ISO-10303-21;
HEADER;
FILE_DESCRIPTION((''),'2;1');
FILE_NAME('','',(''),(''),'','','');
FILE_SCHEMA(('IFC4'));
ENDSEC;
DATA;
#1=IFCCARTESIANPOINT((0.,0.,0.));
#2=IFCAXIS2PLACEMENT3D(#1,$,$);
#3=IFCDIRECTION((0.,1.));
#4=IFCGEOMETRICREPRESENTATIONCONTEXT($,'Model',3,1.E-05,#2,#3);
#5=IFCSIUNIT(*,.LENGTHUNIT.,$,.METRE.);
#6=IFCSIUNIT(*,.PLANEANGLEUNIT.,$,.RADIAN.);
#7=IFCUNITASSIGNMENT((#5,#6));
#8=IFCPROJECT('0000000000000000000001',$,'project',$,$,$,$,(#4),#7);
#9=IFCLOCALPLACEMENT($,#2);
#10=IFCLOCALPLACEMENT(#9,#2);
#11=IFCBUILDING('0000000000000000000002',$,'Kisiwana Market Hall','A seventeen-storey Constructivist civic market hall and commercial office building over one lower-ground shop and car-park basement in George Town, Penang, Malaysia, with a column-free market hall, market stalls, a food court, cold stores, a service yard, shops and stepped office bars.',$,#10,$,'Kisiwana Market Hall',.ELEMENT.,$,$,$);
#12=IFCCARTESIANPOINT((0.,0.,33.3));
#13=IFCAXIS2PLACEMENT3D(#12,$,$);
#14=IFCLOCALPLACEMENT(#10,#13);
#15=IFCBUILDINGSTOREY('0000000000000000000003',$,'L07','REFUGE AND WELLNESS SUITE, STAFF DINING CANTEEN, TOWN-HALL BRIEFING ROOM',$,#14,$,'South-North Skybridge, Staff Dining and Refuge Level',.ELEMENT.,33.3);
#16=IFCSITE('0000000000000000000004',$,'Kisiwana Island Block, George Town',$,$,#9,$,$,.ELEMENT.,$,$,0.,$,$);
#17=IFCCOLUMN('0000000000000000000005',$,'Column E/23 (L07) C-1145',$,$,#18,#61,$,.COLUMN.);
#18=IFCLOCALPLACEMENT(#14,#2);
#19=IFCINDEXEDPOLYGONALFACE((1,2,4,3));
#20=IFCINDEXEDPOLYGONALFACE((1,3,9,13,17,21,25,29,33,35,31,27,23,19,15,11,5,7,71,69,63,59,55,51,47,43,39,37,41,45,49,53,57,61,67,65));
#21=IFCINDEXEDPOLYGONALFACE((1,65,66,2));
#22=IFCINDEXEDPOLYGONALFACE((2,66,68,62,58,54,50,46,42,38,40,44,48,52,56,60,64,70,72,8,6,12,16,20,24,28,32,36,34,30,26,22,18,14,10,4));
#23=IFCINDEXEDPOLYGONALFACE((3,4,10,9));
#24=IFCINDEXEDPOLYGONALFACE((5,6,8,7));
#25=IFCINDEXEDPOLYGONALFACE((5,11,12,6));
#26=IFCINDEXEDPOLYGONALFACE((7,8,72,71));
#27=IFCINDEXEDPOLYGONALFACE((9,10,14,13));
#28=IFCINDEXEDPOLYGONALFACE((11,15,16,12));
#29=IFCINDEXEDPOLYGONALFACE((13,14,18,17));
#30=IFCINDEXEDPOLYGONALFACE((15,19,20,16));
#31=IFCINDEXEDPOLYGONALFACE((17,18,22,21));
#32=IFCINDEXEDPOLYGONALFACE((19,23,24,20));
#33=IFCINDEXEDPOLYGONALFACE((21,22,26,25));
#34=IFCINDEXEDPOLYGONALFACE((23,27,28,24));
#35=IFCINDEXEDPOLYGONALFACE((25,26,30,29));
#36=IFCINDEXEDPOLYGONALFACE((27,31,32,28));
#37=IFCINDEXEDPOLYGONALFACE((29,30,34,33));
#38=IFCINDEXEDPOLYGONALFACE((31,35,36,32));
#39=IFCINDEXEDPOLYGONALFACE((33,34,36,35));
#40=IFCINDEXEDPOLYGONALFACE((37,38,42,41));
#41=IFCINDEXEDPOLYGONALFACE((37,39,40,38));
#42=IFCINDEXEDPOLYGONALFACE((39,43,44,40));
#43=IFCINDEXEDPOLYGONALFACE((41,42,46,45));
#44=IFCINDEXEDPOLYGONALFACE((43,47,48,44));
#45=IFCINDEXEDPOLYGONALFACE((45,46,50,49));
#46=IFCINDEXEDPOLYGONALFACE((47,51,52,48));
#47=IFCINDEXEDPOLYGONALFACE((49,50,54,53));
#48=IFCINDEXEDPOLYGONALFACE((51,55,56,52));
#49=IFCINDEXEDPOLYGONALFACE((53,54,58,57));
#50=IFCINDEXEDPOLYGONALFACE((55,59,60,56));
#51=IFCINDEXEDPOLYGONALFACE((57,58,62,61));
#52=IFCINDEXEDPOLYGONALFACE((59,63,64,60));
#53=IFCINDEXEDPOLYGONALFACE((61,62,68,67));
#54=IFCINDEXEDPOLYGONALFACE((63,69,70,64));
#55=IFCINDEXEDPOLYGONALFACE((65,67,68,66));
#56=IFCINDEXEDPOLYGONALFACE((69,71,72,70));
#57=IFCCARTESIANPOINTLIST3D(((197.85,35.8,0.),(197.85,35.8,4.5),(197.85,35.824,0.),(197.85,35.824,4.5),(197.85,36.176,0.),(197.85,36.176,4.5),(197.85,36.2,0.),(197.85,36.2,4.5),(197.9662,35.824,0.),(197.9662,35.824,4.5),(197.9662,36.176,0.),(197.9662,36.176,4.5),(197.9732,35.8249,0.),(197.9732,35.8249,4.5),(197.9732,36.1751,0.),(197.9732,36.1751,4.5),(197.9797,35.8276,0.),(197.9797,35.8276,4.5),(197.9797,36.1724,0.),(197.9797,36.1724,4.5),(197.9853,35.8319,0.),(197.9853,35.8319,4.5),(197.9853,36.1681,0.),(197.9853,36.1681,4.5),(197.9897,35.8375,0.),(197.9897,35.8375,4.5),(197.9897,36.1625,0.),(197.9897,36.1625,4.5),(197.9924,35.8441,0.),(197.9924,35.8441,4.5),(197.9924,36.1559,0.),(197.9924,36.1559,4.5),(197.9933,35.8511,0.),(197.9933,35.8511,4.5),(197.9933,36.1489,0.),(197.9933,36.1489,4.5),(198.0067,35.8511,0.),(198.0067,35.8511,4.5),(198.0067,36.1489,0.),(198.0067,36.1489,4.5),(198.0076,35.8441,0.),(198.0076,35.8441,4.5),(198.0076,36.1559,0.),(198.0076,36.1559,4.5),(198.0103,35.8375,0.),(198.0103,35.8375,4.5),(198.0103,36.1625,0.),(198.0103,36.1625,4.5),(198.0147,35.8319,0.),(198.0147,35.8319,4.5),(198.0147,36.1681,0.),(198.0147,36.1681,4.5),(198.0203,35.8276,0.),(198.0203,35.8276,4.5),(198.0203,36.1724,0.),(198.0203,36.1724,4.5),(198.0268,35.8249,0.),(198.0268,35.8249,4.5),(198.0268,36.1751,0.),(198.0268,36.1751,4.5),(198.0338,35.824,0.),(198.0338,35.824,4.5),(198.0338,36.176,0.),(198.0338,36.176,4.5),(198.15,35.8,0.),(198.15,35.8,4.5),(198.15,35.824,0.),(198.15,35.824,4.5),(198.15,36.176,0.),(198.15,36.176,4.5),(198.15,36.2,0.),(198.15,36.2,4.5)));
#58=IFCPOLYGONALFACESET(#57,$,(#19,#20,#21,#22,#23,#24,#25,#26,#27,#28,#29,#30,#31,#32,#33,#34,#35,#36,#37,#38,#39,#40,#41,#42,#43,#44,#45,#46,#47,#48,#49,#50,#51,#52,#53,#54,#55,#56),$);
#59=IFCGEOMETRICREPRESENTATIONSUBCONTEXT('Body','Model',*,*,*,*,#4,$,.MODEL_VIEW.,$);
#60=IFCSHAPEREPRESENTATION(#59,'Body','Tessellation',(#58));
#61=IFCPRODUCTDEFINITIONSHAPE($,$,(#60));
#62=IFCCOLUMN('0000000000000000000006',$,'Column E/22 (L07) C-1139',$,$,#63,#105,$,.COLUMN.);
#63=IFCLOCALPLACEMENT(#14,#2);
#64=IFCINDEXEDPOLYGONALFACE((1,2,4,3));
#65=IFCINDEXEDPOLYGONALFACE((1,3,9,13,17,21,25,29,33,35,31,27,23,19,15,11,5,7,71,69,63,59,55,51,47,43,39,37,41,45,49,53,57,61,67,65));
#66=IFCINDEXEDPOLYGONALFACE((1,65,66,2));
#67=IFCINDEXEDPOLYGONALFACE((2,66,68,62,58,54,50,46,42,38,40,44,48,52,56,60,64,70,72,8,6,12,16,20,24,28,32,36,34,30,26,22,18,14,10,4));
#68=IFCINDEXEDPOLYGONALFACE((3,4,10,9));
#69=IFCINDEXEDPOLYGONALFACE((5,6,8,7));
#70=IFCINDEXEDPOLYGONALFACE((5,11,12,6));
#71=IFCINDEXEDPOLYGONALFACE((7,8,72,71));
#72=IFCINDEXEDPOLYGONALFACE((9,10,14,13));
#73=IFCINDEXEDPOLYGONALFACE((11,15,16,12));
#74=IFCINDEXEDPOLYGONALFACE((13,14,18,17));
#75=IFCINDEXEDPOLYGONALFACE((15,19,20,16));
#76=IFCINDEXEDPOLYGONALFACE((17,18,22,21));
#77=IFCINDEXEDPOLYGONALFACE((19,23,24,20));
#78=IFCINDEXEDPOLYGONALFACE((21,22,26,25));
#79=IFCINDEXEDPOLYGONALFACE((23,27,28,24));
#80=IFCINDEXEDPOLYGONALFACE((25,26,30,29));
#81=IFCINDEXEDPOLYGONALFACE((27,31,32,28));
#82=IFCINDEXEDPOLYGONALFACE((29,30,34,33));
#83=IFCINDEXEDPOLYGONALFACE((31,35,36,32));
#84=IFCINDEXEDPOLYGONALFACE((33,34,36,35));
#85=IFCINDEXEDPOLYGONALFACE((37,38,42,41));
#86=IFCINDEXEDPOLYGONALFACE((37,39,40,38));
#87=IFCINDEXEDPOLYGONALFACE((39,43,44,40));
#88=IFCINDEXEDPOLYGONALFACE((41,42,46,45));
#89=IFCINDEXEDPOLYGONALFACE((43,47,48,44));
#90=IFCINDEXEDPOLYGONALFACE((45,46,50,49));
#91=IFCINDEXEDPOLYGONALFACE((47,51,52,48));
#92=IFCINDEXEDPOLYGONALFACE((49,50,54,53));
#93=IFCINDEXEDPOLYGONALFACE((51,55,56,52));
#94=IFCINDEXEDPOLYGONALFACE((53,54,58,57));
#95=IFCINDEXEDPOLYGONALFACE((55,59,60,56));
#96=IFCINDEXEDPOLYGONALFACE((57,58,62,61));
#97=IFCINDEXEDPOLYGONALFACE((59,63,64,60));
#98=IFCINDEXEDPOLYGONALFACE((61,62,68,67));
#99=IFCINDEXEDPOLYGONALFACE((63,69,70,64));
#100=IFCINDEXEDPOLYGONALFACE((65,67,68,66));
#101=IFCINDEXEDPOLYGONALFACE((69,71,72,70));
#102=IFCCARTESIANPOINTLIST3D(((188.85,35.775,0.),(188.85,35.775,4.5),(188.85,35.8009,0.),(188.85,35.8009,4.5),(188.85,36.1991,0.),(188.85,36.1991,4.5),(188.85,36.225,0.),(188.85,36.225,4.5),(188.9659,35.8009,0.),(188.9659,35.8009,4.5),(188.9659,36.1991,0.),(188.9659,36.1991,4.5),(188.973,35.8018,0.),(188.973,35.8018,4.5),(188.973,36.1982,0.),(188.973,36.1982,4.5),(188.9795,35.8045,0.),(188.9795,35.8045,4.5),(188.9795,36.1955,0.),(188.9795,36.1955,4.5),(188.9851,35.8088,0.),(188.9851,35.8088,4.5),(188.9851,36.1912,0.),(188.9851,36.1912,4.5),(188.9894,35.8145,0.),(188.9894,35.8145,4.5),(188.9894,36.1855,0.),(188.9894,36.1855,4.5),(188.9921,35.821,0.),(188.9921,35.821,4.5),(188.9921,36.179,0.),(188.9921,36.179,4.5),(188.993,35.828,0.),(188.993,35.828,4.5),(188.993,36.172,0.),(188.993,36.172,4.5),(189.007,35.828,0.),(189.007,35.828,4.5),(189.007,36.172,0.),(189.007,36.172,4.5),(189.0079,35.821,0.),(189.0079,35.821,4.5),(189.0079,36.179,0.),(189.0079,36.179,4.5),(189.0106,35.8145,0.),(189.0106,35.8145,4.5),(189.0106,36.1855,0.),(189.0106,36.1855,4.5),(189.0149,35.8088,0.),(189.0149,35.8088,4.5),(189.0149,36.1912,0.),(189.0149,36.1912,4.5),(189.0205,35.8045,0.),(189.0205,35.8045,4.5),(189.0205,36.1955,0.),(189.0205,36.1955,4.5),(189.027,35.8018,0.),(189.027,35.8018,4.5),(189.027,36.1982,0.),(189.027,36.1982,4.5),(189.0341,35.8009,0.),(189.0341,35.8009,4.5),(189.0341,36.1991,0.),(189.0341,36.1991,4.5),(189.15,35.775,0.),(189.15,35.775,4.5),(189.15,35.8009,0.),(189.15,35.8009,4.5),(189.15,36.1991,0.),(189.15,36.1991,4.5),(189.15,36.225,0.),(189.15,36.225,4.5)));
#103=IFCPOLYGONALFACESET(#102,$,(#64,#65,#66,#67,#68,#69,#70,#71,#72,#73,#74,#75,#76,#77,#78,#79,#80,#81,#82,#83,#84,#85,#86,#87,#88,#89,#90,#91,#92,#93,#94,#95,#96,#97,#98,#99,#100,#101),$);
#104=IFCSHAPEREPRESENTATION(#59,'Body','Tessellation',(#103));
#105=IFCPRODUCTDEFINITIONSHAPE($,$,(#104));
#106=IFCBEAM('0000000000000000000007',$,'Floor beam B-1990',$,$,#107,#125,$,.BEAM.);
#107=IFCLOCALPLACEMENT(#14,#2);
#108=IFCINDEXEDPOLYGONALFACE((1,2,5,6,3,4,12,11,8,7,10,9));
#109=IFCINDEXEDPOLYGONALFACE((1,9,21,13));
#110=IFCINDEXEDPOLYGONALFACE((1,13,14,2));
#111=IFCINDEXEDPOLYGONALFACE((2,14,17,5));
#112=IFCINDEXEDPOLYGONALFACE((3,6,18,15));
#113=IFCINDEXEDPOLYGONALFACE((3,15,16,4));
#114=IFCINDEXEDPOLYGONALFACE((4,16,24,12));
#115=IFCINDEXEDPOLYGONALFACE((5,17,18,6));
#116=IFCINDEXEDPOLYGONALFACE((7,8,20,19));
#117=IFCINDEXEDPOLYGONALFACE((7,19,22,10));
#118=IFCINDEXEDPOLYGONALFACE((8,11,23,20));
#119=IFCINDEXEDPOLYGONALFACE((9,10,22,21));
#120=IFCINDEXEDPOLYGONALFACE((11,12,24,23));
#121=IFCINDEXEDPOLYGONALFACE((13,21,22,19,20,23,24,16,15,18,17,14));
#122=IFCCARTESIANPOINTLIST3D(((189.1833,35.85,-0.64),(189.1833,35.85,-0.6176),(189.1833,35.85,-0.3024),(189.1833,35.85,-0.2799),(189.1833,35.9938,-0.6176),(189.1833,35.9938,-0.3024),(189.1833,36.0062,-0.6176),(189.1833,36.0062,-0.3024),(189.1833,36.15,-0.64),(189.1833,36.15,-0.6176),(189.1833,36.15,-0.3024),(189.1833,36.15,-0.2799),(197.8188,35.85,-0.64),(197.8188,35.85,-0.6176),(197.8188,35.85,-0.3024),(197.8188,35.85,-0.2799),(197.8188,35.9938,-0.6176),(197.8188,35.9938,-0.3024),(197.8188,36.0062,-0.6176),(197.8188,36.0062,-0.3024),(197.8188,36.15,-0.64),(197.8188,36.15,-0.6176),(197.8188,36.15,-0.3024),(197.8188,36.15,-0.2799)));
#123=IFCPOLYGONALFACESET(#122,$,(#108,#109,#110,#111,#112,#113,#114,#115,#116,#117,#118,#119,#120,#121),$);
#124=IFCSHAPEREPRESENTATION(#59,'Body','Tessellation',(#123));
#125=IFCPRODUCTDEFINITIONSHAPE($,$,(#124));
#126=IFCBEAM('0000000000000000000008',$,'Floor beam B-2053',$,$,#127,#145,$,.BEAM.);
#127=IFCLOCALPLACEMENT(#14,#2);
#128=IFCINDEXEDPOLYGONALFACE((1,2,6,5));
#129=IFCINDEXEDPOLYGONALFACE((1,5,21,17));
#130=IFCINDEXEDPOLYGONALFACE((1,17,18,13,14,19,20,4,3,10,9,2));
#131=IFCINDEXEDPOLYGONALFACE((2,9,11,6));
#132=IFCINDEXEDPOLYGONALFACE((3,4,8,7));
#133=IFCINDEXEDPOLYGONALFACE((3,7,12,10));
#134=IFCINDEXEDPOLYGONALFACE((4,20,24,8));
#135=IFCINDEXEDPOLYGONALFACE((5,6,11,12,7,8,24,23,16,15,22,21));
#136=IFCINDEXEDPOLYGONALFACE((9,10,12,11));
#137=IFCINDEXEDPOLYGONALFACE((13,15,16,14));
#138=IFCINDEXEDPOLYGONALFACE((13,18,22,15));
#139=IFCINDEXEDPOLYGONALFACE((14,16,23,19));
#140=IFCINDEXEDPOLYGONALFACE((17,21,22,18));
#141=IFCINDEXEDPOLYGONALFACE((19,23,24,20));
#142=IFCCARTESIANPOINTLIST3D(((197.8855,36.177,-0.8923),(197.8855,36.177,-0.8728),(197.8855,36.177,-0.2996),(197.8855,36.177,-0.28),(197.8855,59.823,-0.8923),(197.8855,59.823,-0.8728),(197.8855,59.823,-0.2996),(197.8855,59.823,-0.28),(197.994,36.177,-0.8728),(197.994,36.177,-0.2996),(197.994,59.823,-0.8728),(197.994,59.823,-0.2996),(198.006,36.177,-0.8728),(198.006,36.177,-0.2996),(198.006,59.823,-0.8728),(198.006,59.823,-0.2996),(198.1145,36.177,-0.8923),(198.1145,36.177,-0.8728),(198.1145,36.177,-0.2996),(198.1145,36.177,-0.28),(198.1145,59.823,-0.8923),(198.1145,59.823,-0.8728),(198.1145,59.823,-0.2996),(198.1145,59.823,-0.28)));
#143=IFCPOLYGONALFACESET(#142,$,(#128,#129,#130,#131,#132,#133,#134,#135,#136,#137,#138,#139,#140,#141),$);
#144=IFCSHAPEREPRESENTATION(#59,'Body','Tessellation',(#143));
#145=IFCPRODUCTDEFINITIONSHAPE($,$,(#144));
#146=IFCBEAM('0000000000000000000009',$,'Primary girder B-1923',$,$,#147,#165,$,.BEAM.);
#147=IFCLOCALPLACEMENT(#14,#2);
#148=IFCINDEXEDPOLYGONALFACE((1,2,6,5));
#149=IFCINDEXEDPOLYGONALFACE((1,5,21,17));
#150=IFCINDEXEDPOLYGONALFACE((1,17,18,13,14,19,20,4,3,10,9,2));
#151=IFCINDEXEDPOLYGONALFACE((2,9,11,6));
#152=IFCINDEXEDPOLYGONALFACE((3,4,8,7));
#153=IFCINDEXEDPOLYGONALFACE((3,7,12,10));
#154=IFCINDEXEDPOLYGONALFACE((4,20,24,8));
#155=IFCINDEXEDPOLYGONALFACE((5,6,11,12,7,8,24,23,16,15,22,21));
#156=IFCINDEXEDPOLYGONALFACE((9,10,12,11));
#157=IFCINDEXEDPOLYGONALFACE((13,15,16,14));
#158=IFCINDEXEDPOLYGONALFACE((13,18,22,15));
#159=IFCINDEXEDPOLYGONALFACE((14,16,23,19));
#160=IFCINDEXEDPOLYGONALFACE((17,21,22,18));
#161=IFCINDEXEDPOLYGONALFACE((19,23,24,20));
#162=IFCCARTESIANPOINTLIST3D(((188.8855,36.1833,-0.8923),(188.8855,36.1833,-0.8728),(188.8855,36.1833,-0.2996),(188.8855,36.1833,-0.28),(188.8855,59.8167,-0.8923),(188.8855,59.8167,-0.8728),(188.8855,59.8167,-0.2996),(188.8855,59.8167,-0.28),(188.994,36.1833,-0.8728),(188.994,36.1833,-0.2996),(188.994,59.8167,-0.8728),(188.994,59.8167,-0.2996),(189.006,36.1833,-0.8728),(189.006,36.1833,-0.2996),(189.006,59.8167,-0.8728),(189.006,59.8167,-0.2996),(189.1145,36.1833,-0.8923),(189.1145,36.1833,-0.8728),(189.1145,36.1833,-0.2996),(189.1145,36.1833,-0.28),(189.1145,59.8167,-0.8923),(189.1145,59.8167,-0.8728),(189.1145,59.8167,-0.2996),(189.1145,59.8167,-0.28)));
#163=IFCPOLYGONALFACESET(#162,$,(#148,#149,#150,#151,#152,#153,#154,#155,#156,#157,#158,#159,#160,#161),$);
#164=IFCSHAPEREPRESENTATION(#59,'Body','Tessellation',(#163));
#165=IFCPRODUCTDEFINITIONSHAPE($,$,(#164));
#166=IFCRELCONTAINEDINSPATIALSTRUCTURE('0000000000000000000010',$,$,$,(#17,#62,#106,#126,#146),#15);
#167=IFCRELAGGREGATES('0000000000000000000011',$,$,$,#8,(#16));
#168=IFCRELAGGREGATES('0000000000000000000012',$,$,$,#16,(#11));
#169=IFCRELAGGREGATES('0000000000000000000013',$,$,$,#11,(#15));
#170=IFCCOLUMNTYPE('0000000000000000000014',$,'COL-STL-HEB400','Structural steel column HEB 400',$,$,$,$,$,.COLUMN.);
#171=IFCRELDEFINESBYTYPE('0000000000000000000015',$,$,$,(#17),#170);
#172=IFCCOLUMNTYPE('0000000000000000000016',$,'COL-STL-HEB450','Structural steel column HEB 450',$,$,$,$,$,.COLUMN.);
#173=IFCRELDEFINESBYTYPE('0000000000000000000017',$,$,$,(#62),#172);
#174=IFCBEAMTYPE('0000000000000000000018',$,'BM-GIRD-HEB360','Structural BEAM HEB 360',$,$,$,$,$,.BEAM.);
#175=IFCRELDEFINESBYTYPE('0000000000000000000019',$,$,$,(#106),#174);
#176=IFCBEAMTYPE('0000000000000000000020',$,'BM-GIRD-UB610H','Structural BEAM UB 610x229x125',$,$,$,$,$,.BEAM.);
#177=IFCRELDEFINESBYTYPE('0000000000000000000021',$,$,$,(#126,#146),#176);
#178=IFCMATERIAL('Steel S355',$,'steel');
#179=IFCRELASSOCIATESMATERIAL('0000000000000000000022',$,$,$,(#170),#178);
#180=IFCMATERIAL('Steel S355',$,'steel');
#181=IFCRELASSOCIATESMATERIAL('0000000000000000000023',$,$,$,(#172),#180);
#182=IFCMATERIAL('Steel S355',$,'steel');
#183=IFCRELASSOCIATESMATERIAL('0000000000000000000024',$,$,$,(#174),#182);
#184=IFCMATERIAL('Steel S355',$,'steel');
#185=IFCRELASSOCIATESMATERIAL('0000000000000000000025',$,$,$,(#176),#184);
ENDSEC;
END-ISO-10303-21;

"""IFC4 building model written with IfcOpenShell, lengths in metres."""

from ifc_helpers import new_model, si_unit, direction, frame, origin, origin_2d, place, context, subcontext, project, spatial, i_section, extrude, material, material_profile, profile_set, type_object, element, save


model = new_model("IFC4")

# Units and contexts
model_context = context("Model", 3, precision=1e-05, world=origin(), true_north=direction((0.0, 1.0)))
body_context = subcontext(model_context, "Body", "Model", "MODEL_VIEW")
ifc_project = project(units=[si_unit("LENGTHUNIT", "METRE"), si_unit("PLANEANGLEUNIT", "RADIAN")], contexts=[model_context])

# Site, building, storey
site_placement = place(None, origin())
site = spatial("IfcSite", under=ifc_project, at=site_placement, Name="Kisiwana Island Block, George Town", CompositionType="ELEMENT", RefElevation=0.0)
building_placement = place(site_placement, origin())
building = spatial("IfcBuilding", under=site, at=building_placement, Name="Kisiwana Market Hall", Description="A seventeen-storey Constructivist civic market hall and commercial office building over one lower-ground shop and car-park basement in George Town, Penang, Malaysia, with a column-free market hall, market stalls, a food court, cold stores, a service yard, shops and stepped office bars.", LongName="Kisiwana Market Hall", CompositionType="ELEMENT")
storey_placement = place(building_placement, frame((0.0, 0.0, 33.3)))
storey = spatial("IfcBuildingStorey", under=building, at=storey_placement, Name="L07", Description="REFUGE AND WELLNESS SUITE, STAFF DINING CANTEEN, TOWN-HALL BRIEFING ROOM", LongName="South-North Skybridge, Staff Dining and Refuge Level", CompositionType="ELEMENT", Elevation=33.3)

# Columns
ifc_material_1 = material(Name="Steel S355", Category="steel")
ifc_material_profile_1 = material_profile(ifc_material_1, i_section(OverallWidth=0.3, OverallDepth=0.3999, WebThickness=0.0134, FlangeThickness=0.0239, FilletRadius=0.0271, at=origin_2d()), Name="HEB 400")
ifc_profile_set_1 = profile_set([ifc_material_profile_1], Name="Steel S355")
column_type_1 = type_object("IfcColumnType", Name="COL-STL-HEB400", Description="Structural steel column HEB 400", PredefinedType="COLUMN", material=ifc_profile_set_1)
column_1_placement = place(storey_placement, frame((198.0, 36.0, 0.0), z_axis=(0.0, 0.0, 1.0), x_axis=(1.0, 0.0, 0.0)))
element("IfcColumn", 1, at=column_1_placement, inside=storey, type_object=column_type_1, Name="Column E/23 (L07) C-1145", PredefinedType="COLUMN", context=body_context, shape_type="SweptSolid", body=[
    extrude(i_section(OverallWidth=0.3, OverallDepth=0.3999, WebThickness=0.0134, FlangeThickness=0.0239, FilletRadius=0.0271, at=origin_2d()), origin(), (0.0, 0.0, 1.0), 4.5),
])
ifc_material_2 = material(Name="Steel S355", Category="steel")
ifc_material_profile_2 = material_profile(ifc_material_2, i_section(OverallWidth=0.3, OverallDepth=0.45, WebThickness=0.0139, FlangeThickness=0.0259, FilletRadius=0.0271, at=origin_2d()), Name="HEB 450")
ifc_profile_set_2 = profile_set([ifc_material_profile_2], Name="Steel S355")
column_type_2 = type_object("IfcColumnType", Name="COL-STL-HEB450", Description="Structural steel column HEB 450", PredefinedType="COLUMN", material=ifc_profile_set_2)
column_2_placement = place(storey_placement, frame((189.0, 36.0, 0.0), z_axis=(0.0, 0.0, 1.0), x_axis=(1.0, 0.0, 0.0)))
element("IfcColumn", 2, at=column_2_placement, inside=storey, type_object=column_type_2, Name="Column E/22 (L07) C-1139", PredefinedType="COLUMN", context=body_context, shape_type="SweptSolid", body=[
    extrude(i_section(OverallWidth=0.3, OverallDepth=0.45, WebThickness=0.0139, FlangeThickness=0.0259, FilletRadius=0.0271, at=origin_2d()), origin(), (0.0, 0.0, 1.0), 4.5),
])

# Beams
ifc_material_3 = material(Name="Steel S355", Category="steel")
ifc_material_profile_3 = material_profile(ifc_material_3, i_section(OverallWidth=0.3, OverallDepth=0.3601, WebThickness=0.0125, FlangeThickness=0.0225, at=origin_2d()), Name="HEB 360")
ifc_profile_set_3 = profile_set([ifc_material_profile_3], Name="Steel S355")
beam_type_1 = type_object("IfcBeamType", Name="BM-GIRD-HEB360", Description="Structural BEAM HEB 360", PredefinedType="BEAM", material=ifc_profile_set_3)
beam_1_placement = place(storey_placement, frame((189.1833, 36.0, -0.46), z_axis=(1.0, 0.0, 0.0), x_axis=(0.0, 1.0, 0.0)))
element("IfcBeam", 3, at=beam_1_placement, inside=storey, type_object=beam_type_1, Name="Floor beam B-1990", PredefinedType="BEAM", context=body_context, shape_type="SweptSolid", body=[
    extrude(i_section(OverallWidth=0.3, OverallDepth=0.3601, WebThickness=0.0125, FlangeThickness=0.0225, at=origin_2d()), origin(), (0.0, 0.0, 1.0), 8.6355),
])
ifc_material_4 = material(Name="Steel S355", Category="steel")
ifc_material_profile_4 = material_profile(ifc_material_4, i_section(OverallWidth=0.229, OverallDepth=0.6123, WebThickness=0.012, FlangeThickness=0.0195, at=origin_2d()), Name="UB 610x229x125")
ifc_profile_set_4 = profile_set([ifc_material_profile_4], Name="Steel S355")
beam_type_2 = type_object("IfcBeamType", Name="BM-GIRD-UB610H", Description="Structural BEAM UB 610x229x125", PredefinedType="BEAM", material=ifc_profile_set_4)
beam_2_placement = place(storey_placement, frame((198.0, 36.177, -0.5862), z_axis=(0.0, 1.0, 0.0), x_axis=(-1.0, 0.0, 0.0)))
element("IfcBeam", 4, at=beam_2_placement, inside=storey, type_object=beam_type_2, Name="Floor beam B-2053", PredefinedType="BEAM", context=body_context, shape_type="SweptSolid", body=[
    extrude(i_section(OverallWidth=0.229, OverallDepth=0.6123, WebThickness=0.012, FlangeThickness=0.0195, at=origin_2d()), origin(), (0.0, 0.0, 1.0), 23.646),
])
beam_3_placement = place(storey_placement, frame((189.0, 36.1833, -0.5862), z_axis=(0.0, 1.0, 0.0), x_axis=(-1.0, 0.0, 0.0)))
element("IfcBeam", 5, at=beam_3_placement, inside=storey, type_object=beam_type_2, Name="Primary girder B-1923", PredefinedType="BEAM", context=body_context, shape_type="SweptSolid", body=[
    extrude(i_section(OverallWidth=0.229, OverallDepth=0.6123, WebThickness=0.012, FlangeThickness=0.0195, at=origin_2d()), origin(), (0.0, 0.0, 1.0), 23.6333),
])

save(model, "model.ifc")
